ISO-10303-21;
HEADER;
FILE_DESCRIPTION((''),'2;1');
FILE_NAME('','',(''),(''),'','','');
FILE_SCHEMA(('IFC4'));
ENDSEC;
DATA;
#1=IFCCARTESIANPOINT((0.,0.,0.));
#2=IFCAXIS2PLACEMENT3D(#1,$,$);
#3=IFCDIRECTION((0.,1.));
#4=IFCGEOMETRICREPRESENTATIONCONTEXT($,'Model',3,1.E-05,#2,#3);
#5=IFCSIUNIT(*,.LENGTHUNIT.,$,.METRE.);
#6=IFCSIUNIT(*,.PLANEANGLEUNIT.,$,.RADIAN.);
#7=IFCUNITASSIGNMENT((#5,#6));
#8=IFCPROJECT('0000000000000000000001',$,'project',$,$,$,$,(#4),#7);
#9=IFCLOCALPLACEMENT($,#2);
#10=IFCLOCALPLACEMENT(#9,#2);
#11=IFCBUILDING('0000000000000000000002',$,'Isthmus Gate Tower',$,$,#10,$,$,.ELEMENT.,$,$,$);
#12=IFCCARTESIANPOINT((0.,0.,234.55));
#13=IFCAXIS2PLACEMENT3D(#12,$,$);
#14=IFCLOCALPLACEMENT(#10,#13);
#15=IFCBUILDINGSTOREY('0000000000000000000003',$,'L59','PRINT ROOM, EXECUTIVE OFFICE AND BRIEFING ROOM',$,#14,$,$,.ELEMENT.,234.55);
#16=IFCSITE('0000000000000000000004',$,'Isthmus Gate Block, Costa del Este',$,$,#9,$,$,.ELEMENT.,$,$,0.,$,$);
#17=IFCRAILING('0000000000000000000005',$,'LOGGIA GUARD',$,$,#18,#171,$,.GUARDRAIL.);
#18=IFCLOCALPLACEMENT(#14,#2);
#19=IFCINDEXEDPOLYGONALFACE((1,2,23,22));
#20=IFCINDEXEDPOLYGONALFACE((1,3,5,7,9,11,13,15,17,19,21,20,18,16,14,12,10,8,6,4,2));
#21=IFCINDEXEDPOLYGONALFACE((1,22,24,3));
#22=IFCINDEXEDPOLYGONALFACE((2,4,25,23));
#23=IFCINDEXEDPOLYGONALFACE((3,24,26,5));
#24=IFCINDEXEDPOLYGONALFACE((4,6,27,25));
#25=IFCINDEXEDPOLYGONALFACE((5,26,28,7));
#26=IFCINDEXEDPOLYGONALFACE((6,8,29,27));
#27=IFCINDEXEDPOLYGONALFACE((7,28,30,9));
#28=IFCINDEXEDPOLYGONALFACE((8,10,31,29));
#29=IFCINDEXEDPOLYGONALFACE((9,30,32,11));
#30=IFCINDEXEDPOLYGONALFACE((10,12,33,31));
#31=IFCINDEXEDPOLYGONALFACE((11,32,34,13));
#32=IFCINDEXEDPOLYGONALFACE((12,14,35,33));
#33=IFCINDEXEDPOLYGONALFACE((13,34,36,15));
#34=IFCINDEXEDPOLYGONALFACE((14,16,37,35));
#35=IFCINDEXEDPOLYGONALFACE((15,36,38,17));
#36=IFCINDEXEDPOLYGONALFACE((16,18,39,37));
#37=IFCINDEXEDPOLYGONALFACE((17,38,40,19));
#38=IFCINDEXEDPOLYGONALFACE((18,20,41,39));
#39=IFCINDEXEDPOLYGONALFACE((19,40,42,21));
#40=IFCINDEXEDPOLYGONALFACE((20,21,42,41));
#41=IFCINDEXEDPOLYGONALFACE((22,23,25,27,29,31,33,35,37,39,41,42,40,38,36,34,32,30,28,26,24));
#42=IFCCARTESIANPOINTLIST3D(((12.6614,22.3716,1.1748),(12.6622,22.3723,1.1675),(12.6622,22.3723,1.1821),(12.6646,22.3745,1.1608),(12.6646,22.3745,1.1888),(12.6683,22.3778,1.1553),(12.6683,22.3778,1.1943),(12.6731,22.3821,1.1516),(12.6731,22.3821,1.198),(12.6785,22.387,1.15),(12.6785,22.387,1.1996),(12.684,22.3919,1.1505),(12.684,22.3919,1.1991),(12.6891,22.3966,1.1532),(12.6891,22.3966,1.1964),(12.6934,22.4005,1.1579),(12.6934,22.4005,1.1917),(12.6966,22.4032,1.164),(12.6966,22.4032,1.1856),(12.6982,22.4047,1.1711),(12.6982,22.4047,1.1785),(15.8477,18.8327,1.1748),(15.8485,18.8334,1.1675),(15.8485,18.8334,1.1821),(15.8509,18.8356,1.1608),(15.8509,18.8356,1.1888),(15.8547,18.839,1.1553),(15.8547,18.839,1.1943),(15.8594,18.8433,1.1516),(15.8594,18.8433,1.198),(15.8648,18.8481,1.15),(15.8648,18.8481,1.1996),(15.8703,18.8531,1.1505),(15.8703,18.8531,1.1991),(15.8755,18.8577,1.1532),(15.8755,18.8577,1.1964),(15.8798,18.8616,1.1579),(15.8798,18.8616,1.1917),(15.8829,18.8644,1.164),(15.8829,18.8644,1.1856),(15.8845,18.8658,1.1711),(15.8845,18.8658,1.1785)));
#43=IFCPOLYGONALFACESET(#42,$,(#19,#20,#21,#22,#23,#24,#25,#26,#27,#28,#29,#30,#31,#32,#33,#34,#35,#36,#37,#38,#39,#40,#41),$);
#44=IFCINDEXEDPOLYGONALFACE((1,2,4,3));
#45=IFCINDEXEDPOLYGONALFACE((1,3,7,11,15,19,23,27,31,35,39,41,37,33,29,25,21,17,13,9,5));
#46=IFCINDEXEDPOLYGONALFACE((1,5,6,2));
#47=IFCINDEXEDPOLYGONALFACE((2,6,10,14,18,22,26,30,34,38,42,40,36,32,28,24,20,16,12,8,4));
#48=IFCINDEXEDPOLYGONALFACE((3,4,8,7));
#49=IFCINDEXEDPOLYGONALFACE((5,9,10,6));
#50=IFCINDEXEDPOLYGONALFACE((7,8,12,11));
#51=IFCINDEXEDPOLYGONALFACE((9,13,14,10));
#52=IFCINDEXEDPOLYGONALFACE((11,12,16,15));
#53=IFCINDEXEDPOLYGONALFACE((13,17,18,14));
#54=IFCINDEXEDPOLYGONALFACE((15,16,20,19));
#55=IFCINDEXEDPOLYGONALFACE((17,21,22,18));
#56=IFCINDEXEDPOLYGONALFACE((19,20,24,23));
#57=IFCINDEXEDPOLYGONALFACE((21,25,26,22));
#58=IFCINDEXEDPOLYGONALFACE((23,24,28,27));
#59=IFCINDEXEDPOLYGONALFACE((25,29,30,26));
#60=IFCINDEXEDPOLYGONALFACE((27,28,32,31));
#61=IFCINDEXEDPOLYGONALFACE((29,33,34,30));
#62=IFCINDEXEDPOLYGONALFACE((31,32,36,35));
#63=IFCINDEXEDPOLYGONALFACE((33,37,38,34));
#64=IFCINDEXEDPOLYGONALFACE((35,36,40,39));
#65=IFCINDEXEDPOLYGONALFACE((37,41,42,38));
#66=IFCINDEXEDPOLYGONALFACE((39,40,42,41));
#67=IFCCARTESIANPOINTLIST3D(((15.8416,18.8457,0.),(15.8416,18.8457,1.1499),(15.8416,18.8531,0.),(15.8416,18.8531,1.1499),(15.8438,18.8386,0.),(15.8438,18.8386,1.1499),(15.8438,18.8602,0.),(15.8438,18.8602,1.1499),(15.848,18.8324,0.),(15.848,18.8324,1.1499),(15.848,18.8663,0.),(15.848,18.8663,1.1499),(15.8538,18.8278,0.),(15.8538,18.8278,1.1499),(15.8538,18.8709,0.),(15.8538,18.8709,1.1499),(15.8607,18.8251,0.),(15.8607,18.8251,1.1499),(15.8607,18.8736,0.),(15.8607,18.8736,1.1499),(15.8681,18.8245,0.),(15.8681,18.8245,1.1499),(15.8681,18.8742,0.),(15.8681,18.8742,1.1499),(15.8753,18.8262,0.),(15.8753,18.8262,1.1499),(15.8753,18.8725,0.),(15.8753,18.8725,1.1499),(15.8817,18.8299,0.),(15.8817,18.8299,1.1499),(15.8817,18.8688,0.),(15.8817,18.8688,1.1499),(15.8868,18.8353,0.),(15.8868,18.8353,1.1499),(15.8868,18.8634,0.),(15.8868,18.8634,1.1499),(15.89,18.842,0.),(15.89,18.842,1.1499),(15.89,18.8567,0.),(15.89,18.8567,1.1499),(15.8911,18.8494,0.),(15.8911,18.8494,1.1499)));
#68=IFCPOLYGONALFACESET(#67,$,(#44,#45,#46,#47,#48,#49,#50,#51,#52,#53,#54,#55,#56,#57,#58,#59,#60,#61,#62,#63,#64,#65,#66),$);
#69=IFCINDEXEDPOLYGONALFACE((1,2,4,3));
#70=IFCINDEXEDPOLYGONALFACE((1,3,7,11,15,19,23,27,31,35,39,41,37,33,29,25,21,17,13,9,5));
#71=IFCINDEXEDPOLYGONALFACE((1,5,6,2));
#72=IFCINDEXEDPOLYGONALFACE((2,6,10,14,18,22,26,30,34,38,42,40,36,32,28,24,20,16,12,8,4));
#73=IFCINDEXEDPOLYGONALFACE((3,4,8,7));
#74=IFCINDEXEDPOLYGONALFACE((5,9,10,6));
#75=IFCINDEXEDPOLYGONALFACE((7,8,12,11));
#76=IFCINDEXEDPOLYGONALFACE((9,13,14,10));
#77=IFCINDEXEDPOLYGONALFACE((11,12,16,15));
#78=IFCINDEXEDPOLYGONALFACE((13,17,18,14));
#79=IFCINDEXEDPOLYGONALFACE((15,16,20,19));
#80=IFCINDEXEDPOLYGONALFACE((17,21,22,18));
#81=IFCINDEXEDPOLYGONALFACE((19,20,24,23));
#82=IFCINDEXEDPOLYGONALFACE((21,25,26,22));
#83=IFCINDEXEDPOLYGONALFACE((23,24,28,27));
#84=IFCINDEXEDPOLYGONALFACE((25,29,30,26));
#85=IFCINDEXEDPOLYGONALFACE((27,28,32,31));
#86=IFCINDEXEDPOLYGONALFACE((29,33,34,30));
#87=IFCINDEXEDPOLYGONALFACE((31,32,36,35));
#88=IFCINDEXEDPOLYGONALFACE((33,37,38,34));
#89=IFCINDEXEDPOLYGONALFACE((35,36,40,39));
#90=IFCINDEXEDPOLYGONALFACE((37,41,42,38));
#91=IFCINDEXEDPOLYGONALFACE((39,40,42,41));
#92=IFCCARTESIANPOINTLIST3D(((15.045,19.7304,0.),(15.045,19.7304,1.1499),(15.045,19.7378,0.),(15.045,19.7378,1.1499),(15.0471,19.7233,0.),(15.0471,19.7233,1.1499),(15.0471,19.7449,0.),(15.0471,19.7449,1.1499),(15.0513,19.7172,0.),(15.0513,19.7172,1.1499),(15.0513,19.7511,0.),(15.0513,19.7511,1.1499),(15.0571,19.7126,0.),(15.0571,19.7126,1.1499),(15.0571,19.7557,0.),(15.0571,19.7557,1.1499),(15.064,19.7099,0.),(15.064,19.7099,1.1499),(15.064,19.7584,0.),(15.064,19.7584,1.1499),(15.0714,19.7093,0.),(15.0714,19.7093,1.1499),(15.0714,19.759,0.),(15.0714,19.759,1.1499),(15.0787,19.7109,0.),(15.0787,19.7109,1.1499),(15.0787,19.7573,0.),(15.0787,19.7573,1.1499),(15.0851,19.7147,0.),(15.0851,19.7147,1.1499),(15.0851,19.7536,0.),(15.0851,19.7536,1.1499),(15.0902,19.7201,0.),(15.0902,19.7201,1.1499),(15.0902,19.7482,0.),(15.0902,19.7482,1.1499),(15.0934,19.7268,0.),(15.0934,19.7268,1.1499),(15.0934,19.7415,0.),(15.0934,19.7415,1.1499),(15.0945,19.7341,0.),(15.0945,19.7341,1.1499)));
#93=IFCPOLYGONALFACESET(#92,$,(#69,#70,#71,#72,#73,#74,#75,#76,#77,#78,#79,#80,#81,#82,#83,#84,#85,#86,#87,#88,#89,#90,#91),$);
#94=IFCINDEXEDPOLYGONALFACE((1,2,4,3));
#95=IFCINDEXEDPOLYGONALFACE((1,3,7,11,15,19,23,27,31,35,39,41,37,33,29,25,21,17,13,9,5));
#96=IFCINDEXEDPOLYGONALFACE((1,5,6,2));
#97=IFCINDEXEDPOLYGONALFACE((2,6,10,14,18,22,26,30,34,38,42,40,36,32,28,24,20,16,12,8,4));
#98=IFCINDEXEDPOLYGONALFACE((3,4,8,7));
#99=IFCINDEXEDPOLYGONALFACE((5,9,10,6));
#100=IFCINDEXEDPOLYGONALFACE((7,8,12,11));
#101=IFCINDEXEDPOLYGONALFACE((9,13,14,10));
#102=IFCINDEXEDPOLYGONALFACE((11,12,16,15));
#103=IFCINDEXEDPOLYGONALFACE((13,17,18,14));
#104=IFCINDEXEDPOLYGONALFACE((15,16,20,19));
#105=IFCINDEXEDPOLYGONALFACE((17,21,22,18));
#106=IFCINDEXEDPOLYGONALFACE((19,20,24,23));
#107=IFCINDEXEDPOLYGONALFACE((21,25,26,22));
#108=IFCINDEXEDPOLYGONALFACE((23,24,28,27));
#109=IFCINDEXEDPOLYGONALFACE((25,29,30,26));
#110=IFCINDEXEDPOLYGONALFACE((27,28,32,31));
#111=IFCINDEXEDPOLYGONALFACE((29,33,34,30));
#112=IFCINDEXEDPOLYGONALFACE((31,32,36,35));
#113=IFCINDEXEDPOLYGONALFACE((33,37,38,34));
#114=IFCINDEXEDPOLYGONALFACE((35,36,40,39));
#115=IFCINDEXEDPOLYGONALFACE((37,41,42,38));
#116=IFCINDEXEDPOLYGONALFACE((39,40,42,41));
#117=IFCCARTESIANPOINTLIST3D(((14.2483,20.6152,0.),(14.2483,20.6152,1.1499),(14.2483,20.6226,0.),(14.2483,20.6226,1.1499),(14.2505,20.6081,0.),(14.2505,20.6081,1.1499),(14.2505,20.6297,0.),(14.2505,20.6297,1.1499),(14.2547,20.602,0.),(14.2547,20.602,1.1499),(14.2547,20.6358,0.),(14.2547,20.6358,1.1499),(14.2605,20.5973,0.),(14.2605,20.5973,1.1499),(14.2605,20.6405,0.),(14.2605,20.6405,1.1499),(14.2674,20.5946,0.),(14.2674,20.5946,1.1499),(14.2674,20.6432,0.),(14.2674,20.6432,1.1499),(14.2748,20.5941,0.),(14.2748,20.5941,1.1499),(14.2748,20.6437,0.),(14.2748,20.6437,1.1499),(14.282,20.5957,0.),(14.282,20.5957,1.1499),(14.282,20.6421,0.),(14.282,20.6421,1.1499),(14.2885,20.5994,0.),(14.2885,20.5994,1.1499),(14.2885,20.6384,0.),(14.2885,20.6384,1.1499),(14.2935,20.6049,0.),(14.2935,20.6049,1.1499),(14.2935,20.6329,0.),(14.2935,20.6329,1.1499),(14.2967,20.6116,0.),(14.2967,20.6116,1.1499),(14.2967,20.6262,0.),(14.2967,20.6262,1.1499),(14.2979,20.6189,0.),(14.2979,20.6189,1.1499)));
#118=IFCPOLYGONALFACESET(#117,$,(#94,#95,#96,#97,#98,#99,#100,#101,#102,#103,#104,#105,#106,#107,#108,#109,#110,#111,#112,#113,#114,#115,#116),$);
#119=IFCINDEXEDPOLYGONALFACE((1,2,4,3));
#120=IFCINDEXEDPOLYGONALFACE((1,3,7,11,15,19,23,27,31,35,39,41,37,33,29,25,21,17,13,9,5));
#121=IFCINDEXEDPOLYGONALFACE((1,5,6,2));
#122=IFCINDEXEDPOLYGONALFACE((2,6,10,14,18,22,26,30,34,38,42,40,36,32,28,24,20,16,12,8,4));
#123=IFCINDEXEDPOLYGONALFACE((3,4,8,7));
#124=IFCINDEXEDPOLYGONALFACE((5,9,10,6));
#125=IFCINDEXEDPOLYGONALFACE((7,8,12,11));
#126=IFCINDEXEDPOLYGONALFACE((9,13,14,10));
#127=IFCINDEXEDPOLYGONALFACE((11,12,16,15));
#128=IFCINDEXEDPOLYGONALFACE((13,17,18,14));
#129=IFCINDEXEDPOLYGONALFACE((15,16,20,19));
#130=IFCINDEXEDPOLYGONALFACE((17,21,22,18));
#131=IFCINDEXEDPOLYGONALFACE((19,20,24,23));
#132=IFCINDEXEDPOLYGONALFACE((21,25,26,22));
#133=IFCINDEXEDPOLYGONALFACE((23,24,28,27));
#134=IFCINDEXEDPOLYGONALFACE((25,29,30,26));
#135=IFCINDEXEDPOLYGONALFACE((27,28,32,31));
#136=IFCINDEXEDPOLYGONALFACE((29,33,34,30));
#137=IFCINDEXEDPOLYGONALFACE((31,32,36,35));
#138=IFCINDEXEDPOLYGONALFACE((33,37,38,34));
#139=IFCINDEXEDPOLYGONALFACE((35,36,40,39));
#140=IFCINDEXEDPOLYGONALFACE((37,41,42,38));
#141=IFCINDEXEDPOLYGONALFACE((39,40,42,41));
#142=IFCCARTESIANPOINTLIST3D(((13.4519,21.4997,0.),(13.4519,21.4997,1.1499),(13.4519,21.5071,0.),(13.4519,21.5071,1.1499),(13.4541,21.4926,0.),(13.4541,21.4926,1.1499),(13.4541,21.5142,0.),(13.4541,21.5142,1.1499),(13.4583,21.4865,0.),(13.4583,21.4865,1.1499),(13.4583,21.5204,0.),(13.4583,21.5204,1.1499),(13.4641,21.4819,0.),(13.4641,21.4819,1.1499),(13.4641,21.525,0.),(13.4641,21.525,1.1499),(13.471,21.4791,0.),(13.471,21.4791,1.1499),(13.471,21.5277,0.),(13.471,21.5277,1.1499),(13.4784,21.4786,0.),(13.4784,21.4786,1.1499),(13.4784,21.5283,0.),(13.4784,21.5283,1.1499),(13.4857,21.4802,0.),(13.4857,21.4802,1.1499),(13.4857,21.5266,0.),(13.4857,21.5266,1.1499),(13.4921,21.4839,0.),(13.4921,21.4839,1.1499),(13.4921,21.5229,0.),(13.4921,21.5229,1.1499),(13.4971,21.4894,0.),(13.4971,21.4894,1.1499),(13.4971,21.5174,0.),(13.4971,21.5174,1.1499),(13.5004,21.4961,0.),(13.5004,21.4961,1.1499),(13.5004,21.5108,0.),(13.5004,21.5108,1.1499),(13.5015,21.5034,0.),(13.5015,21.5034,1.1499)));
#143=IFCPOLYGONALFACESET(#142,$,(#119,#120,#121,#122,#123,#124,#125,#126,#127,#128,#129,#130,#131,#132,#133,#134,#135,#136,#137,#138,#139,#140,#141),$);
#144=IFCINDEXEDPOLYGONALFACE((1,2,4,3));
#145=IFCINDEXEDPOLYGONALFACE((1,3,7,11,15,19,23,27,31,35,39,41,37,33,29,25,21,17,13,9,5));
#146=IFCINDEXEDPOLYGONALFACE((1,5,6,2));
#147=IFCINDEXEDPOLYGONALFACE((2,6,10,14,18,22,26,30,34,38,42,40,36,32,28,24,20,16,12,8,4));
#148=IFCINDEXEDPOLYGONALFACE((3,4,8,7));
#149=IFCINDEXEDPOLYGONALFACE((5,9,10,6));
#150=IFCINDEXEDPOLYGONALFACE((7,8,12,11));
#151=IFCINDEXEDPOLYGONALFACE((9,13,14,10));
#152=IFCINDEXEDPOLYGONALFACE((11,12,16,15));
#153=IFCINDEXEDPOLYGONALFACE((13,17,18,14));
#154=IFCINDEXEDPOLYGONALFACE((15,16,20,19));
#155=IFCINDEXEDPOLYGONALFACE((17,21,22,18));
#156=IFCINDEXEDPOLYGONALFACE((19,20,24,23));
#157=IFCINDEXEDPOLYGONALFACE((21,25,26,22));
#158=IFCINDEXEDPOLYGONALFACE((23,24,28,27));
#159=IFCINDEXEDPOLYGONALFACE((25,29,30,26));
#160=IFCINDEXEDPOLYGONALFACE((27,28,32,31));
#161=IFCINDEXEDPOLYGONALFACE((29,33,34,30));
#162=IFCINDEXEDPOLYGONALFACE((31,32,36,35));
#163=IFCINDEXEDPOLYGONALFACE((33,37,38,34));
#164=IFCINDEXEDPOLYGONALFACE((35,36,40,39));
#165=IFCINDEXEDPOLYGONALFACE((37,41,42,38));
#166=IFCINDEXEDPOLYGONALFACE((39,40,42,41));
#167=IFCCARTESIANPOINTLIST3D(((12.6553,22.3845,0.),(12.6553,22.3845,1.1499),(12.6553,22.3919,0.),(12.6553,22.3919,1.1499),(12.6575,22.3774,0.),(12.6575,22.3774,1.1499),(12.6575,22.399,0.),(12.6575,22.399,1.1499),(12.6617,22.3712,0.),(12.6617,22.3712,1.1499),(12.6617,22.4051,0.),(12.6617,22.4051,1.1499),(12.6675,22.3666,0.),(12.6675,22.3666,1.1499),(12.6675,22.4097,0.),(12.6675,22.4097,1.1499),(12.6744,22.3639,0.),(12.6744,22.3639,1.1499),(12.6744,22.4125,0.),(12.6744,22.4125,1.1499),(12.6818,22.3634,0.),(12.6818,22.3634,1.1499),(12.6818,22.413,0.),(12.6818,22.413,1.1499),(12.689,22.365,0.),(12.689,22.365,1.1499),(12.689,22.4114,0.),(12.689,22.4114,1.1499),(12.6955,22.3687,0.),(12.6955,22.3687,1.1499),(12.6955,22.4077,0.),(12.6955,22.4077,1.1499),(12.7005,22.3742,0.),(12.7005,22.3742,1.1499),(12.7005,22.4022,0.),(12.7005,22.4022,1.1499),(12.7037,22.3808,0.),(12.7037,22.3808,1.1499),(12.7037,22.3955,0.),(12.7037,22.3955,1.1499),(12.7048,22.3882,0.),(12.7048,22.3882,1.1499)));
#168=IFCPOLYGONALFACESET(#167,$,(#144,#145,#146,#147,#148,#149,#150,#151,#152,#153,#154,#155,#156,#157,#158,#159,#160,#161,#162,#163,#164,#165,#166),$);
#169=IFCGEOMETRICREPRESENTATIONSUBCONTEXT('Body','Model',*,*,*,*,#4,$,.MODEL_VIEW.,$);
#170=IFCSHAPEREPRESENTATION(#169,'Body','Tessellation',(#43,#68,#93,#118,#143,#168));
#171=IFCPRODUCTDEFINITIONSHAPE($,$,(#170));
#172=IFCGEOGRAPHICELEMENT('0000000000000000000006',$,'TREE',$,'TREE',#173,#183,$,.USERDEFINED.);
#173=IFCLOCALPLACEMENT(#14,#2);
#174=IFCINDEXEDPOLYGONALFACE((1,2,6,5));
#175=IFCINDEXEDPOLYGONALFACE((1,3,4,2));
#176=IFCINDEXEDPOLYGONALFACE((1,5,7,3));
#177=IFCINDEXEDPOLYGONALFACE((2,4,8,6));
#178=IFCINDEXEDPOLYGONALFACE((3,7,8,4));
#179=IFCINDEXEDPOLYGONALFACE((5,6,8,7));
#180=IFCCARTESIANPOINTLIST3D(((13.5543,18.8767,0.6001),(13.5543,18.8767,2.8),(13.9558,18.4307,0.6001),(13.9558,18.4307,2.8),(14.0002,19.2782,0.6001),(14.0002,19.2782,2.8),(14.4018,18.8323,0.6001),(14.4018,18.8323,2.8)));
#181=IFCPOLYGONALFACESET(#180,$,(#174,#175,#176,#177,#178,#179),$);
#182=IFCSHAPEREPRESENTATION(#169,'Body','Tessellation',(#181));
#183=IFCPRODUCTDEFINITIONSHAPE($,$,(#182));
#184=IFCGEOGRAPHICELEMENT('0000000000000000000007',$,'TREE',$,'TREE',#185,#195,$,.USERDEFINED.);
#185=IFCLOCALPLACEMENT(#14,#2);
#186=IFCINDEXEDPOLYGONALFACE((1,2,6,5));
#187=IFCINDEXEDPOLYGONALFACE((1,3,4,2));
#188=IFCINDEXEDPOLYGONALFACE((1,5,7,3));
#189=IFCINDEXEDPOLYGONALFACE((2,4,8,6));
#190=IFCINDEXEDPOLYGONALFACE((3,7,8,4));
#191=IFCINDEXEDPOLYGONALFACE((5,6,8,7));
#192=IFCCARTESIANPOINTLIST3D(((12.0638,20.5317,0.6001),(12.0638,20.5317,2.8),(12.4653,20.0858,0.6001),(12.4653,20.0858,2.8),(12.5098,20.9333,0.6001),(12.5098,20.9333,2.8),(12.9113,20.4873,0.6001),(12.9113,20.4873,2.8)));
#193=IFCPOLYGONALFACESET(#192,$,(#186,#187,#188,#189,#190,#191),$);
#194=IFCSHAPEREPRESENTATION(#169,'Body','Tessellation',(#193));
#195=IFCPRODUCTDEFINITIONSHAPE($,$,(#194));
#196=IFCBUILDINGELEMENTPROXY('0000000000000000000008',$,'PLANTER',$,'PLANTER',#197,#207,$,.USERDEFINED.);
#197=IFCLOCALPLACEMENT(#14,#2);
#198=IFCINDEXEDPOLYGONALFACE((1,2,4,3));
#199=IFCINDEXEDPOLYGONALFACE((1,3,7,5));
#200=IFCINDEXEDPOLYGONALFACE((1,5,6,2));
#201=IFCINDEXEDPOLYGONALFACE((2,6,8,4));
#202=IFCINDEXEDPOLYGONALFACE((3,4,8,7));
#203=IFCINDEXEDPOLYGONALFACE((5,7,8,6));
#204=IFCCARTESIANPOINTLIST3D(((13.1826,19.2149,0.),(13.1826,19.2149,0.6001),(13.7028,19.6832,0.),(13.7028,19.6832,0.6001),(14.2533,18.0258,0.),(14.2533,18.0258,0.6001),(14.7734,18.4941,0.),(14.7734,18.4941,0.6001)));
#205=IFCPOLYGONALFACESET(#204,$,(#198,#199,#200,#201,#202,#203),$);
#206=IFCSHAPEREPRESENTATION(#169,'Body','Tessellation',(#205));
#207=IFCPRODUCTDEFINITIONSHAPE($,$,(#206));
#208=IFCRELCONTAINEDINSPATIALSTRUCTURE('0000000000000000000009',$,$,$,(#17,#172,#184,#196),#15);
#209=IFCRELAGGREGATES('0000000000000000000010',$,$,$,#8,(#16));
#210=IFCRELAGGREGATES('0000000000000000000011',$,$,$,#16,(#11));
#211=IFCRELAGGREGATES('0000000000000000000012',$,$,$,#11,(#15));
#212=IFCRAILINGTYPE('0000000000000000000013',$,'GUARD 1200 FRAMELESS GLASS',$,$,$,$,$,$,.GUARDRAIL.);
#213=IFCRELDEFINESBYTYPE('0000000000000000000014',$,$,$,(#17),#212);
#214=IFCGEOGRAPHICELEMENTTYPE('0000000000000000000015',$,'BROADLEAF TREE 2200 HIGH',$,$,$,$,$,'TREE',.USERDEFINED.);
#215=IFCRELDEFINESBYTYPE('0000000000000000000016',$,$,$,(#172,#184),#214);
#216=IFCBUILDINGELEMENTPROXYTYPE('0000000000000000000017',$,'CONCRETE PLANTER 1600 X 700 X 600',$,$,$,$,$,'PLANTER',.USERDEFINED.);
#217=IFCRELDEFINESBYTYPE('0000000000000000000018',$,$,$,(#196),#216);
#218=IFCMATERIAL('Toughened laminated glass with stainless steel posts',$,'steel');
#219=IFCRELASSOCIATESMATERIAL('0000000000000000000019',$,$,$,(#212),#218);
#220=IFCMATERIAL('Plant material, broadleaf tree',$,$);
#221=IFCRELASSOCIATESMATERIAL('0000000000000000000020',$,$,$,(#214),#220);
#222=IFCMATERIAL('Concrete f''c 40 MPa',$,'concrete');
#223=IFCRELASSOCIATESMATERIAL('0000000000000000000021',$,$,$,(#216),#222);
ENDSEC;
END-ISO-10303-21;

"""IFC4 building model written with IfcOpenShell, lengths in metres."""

from ifc_helpers import new_model, si_unit, direction, frame, origin, origin_2d, place, context, subcontext, project, spatial, rectangle, circle, extrude, material, type_object, element, save


model = new_model("IFC4")

# Units and contexts
model_context = context("Model", 3, precision=1e-05, world=origin(), true_north=direction((0.0, 1.0)))
body_context = subcontext(model_context, "Body", "Model", "MODEL_VIEW")
ifc_project = project(units=[si_unit("LENGTHUNIT", "METRE"), si_unit("PLANEANGLEUNIT", "RADIAN")], contexts=[model_context])

# Site, building, storey
site_placement = place(None, origin())
site = spatial("IfcSite", under=ifc_project, at=site_placement, Name="Isthmus Gate Block, Costa del Este", CompositionType="ELEMENT", RefElevation=0.0)
building_placement = place(site_placement, origin())
building = spatial("IfcBuilding", under=site, at=building_placement, Name="Isthmus Gate Tower", CompositionType="ELEMENT")
storey_placement = place(building_placement, frame((0.0, 0.0, 234.55)))
storey = spatial("IfcBuildingStorey", under=building, at=storey_placement, Name="L59", Description="PRINT ROOM, EXECUTIVE OFFICE AND BRIEFING ROOM", CompositionType="ELEMENT", Elevation=234.55)

# Railing
ifc_material_1 = material(Name="Toughened laminated glass with stainless steel posts", Category="steel")
railing_type = type_object("IfcRailingType", Name="GUARD 1200 FRAMELESS GLASS", PredefinedType="GUARDRAIL", material=ifc_material_1)
railing_placement = place(storey_placement, frame((15.8662, 18.8494, 0.0)))
element("IfcRailing", 1, at=railing_placement, inside=storey, type_object=railing_type, Name="LOGGIA GUARD", PredefinedType="GUARDRAIL", context=body_context, shape_type="SweptSolid", body=[
    extrude(circle(Radius=0.0249, at=origin_2d()), frame((0.0, 0.0, 1.1748), z_axis=(-0.669121, 0.743154, 0.0), x_axis=(-0.743154, -0.669121, 0.0)), (0.0, 0.0, 1.0), 4.762),
    extrude(circle(Radius=0.0249, at=origin_2d()), origin(), (0.0, 0.0, 1.0), 1.1499),
    extrude(circle(Radius=0.0249, at=origin_2d()), frame((-0.7966, 0.8848, 0.0)), (0.0, 0.0, 1.0), 1.1499),
    extrude(circle(Radius=0.0249, at=origin_2d()), frame((-1.5933, 1.7695, 0.0)), (0.0, 0.0, 1.0), 1.1499),
    extrude(circle(Radius=0.0249, at=origin_2d()), frame((-2.3896, 2.6541, 0.0)), (0.0, 0.0, 1.0), 1.1499),
    extrude(circle(Radius=0.0249, at=origin_2d()), frame((-3.1863, 3.5388, 0.0)), (0.0, 0.0, 1.0), 1.1499),
])

# Geographic elements
ifc_material_2 = material(Name="Plant material, broadleaf tree")
geographic_element_type = type_object("IfcGeographicElementType", Name="BROADLEAF TREE 2200 HIGH", ElementType="TREE", PredefinedType="USERDEFINED", material=ifc_material_2)
for number, where, z_axis, x_axis, name in (
    (2, (13.978, 18.8545, 0.6001), (0.0, 0.0, 1.0), (-0.669131, 0.743145, 0.0), "TREE"),
    (3, (12.4875, 20.5095, 0.6001), (0.0, 0.0, 1.0), (-0.669131, 0.743145, 0.0), "TREE"),
):
    element("IfcGeographicElement", number, at=place(storey_placement, frame(where, z_axis=z_axis, x_axis=x_axis)), inside=storey, type_object=geographic_element_type, Name=name, ObjectType="TREE", PredefinedType="USERDEFINED", context=body_context, shape_type="SweptSolid", body=[
        extrude(rectangle(XDim=0.6001, YDim=0.6001, at=origin_2d()), origin(), (0.0, 0.0, 1.0), 2.2),
    ])

# Building element proxy
ifc_material_3 = material(Name="Concrete f'c 40 MPa", Category="concrete")
building_element_proxy_type = type_object("IfcBuildingElementProxyType", Name="CONCRETE PLANTER 1600 X 700 X 600", ElementType="PLANTER", PredefinedType="USERDEFINED", material=ifc_material_3)
for number, where, z_axis, x_axis, name in (
    (4, (13.978, 18.8545, 0.0), (0.0, 0.0, 1.0), (-0.669131, 0.743145, 0.0), "PLANTER"),
):
    element("IfcBuildingElementProxy", number, at=place(storey_placement, frame(where, z_axis=z_axis, x_axis=x_axis)), inside=storey, type_object=building_element_proxy_type, Name=name, ObjectType="PLANTER", PredefinedType="USERDEFINED", context=body_context, shape_type="SweptSolid", body=[
        extrude(rectangle(XDim=1.6001, YDim=0.7, at=origin_2d()), origin(), (0.0, 0.0, 1.0), 0.6001),
    ])

save(model, "model.ifc")
